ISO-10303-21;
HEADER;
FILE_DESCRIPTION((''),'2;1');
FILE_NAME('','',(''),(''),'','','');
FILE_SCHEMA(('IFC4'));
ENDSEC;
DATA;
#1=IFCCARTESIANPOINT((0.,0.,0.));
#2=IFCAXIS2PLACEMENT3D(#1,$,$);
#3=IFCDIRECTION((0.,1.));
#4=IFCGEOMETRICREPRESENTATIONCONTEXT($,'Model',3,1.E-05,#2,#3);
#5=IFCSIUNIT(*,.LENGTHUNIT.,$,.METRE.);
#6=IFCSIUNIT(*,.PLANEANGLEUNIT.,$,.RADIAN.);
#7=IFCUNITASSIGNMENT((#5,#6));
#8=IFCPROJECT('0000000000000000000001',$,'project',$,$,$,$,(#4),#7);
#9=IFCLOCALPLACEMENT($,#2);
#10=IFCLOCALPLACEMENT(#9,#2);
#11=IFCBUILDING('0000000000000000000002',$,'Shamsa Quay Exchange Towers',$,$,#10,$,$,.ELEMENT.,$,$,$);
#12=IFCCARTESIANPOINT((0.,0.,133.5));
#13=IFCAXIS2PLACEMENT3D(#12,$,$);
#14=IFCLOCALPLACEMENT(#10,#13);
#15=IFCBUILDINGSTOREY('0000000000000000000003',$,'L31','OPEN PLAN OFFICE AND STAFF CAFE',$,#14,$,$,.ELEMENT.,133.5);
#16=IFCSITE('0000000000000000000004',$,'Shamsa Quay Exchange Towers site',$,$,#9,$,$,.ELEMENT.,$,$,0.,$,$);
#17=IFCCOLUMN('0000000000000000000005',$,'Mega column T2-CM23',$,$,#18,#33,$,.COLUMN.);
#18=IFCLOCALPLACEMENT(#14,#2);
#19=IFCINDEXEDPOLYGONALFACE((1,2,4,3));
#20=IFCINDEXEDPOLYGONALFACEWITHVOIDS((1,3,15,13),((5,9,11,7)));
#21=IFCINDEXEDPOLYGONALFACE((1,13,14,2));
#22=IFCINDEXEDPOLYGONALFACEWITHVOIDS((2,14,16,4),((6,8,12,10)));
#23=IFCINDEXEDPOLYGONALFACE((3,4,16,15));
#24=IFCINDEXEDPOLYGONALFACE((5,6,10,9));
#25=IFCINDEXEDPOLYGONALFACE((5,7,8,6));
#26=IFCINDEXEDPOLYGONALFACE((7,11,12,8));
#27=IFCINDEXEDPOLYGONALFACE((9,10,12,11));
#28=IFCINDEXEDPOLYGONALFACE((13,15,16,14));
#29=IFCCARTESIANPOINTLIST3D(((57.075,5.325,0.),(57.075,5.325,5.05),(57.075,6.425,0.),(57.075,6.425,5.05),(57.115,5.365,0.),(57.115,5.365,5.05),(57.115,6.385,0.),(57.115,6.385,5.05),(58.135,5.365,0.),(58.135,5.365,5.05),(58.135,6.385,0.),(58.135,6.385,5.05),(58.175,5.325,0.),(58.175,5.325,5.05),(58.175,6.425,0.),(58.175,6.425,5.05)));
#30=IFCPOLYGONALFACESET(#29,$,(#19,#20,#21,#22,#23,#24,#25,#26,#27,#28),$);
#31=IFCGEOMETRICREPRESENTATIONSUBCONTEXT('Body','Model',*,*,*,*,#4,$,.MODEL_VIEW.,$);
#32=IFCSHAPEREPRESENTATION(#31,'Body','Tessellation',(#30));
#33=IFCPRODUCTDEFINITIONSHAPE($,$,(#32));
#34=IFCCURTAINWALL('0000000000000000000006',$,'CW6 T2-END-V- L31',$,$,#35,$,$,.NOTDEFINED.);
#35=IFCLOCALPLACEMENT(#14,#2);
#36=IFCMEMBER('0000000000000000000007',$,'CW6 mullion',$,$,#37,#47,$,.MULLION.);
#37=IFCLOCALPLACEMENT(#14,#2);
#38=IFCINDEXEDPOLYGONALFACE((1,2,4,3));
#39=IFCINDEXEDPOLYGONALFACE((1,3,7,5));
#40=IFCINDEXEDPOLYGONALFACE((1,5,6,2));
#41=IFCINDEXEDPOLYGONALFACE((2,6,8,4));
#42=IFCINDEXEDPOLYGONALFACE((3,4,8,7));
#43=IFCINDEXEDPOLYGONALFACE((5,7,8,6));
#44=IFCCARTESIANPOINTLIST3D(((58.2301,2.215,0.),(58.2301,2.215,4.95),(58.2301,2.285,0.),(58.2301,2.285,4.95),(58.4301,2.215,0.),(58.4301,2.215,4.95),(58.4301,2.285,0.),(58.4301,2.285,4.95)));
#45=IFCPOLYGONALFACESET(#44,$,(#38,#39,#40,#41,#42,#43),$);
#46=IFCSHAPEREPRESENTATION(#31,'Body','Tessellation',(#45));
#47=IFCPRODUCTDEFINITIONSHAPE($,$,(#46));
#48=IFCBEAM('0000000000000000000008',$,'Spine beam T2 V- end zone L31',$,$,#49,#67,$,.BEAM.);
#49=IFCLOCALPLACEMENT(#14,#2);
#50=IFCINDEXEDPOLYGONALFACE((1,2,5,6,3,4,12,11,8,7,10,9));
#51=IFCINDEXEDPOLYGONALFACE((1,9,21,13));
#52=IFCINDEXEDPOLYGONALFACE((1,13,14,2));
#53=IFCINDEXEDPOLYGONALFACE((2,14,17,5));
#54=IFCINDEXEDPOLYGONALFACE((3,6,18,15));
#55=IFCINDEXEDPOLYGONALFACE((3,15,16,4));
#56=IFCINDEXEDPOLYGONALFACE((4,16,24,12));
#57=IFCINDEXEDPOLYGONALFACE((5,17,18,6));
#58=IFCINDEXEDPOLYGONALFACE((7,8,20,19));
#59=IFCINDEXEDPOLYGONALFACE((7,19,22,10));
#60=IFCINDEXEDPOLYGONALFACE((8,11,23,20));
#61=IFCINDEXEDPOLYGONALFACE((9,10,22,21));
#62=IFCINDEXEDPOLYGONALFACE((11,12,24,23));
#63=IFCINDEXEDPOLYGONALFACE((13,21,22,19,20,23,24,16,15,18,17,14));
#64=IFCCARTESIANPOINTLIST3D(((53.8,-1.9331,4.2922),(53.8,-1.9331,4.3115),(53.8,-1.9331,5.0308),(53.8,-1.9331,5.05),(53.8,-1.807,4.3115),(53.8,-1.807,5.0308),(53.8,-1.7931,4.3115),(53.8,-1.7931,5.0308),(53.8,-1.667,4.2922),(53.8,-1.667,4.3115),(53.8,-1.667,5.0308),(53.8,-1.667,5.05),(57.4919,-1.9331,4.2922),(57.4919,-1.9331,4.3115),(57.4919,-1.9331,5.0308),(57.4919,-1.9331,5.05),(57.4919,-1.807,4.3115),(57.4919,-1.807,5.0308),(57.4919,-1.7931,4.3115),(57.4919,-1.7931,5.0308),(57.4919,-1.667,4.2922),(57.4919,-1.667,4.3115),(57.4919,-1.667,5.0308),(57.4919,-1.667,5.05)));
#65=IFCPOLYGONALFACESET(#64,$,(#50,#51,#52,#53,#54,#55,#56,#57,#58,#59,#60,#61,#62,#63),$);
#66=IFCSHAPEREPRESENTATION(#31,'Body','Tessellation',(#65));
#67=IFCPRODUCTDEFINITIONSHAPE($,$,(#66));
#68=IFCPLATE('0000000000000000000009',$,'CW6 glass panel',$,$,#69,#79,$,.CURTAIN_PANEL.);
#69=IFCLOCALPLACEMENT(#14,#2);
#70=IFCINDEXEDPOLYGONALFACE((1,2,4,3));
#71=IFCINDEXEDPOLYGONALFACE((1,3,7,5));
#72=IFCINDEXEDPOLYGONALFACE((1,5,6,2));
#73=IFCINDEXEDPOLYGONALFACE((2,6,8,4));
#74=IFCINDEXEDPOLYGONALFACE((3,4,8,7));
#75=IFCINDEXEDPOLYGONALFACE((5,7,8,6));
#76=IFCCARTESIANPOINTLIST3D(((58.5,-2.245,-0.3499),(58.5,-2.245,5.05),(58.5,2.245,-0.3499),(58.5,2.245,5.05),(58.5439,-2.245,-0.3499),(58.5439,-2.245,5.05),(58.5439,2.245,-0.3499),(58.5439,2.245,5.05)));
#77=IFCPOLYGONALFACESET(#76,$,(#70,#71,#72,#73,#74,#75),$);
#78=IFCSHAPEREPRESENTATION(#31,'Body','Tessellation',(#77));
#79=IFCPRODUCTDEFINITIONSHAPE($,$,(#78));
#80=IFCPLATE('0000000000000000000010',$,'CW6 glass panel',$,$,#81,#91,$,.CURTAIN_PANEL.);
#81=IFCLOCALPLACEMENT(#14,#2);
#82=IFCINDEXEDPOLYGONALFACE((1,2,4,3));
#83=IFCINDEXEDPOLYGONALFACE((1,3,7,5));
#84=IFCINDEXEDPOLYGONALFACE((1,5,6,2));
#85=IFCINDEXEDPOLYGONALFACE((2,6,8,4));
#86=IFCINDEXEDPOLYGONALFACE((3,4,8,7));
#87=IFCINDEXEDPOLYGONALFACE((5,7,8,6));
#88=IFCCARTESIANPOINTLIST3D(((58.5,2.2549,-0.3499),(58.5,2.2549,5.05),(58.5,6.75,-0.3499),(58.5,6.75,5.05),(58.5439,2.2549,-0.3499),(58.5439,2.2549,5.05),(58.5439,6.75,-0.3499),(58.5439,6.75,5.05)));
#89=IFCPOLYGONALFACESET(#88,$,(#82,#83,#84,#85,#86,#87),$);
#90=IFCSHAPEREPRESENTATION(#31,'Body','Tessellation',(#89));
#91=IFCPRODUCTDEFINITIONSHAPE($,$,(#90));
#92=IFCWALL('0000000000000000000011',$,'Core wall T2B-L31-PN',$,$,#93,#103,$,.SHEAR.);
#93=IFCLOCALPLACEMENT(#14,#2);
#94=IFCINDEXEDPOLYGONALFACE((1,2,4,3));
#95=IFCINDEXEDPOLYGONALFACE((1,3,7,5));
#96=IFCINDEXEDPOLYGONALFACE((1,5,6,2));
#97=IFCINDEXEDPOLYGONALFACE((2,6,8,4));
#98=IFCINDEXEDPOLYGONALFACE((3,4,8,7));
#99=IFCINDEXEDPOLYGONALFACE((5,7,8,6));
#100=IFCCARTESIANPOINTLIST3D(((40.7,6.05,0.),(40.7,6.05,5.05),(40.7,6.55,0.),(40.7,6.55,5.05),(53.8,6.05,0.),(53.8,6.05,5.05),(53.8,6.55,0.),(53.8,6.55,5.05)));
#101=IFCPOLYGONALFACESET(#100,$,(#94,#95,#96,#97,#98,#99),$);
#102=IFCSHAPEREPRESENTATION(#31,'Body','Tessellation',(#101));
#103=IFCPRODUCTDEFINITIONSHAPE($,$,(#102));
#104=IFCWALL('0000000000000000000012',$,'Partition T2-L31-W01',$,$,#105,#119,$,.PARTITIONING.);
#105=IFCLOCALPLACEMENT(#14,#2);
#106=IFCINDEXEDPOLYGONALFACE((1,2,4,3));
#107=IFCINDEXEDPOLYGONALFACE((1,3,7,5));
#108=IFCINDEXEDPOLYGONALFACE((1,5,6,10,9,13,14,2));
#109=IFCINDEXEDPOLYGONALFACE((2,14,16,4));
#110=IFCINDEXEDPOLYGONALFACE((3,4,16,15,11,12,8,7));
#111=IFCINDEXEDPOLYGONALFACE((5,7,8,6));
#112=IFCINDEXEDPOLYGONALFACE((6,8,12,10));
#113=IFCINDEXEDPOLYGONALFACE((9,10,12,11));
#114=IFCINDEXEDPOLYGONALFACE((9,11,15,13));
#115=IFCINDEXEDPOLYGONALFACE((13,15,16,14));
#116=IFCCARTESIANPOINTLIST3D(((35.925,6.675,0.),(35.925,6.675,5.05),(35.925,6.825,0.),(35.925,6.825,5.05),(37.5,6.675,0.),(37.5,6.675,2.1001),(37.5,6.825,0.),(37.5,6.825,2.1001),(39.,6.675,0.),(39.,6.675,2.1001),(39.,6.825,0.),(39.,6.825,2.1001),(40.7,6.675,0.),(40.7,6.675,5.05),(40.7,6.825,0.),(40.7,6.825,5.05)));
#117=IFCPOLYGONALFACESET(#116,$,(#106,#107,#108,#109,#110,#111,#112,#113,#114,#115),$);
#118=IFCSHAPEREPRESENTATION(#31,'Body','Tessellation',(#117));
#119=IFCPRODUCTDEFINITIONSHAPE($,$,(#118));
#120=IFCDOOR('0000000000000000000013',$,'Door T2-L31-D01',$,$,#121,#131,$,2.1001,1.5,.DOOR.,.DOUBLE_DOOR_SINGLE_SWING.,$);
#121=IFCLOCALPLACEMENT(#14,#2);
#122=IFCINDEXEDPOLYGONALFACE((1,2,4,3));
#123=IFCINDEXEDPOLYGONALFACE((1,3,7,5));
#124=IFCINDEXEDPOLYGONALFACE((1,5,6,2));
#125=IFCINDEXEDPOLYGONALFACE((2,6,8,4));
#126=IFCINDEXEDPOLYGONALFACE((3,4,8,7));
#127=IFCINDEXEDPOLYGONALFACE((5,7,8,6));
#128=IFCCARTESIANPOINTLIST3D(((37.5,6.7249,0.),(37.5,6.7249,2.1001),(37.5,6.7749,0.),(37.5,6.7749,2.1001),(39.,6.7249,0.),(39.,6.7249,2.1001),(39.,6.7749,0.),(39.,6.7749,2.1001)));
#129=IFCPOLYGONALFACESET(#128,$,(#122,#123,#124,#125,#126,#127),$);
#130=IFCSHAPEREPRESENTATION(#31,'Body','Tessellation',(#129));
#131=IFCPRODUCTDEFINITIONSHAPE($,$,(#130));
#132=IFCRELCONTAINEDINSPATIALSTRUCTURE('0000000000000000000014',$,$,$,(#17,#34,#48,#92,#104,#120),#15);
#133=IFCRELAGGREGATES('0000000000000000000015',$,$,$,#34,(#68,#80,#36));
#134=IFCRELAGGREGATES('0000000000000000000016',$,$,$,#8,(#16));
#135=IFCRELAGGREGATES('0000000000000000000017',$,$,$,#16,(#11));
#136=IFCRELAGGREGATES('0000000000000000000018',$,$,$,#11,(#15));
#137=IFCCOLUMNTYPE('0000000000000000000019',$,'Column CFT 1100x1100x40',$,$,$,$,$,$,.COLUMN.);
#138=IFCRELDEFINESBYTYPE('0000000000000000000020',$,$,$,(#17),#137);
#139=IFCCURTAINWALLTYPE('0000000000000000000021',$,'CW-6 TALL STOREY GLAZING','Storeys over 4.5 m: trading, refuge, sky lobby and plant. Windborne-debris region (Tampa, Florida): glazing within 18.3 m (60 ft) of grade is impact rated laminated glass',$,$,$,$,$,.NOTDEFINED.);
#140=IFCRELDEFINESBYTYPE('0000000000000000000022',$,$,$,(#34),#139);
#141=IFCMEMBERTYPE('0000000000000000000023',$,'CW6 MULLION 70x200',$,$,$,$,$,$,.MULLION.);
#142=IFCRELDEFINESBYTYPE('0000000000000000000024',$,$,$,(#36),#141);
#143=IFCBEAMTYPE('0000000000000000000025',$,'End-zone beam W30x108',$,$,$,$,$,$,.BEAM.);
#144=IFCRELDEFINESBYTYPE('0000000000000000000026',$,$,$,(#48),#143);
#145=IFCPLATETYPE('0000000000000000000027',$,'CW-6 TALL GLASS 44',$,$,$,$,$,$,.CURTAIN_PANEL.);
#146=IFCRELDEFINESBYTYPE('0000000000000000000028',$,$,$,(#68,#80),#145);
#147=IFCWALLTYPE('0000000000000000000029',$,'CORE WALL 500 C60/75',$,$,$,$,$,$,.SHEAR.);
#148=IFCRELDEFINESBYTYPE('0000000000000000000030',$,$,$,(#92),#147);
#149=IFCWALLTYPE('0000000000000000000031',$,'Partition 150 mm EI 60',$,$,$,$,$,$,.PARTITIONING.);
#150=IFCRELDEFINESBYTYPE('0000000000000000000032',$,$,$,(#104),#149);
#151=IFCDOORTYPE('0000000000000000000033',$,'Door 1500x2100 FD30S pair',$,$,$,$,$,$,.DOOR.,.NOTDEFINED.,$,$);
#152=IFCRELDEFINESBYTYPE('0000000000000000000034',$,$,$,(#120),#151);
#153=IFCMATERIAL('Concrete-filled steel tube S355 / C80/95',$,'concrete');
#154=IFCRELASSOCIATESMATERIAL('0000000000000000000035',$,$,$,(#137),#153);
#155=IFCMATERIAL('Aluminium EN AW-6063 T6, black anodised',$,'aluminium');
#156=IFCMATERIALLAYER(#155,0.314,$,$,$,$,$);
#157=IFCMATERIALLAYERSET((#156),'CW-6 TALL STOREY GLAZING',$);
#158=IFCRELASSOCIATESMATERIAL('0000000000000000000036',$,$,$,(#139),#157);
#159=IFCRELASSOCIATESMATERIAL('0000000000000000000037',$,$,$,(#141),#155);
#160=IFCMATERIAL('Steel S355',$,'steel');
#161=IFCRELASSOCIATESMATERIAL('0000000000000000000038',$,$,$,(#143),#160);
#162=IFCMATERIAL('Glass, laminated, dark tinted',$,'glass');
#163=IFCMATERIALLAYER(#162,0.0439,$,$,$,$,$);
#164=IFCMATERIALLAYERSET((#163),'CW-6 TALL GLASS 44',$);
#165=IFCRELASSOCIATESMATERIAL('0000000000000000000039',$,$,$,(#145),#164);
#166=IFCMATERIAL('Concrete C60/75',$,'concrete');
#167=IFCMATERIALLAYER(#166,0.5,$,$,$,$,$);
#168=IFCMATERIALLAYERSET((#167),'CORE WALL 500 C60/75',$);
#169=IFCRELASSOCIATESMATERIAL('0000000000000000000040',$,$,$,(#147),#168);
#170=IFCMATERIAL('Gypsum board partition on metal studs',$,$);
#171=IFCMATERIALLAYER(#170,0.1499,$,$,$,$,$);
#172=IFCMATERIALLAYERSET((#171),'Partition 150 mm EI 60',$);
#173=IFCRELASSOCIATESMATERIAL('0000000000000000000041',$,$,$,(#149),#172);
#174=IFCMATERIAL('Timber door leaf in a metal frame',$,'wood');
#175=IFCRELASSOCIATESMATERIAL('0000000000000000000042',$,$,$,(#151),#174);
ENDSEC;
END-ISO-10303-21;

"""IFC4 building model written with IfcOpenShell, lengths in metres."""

from ifc_helpers import new_model, si_unit, direction, frame, frame_2d, origin, origin_2d, place, context, subcontext, project, spatial, rectangle, hollow_rectangle, i_section, extrude, material, layer, layer_set, material_profile, profile_set, type_object, element, fill, aggregate, save


model = new_model("IFC4")

# Units and contexts
model_context = context("Model", 3, precision=1e-05, world=origin(), true_north=direction((0.0, 1.0)))
body_context = subcontext(model_context, "Body", "Model", "MODEL_VIEW")
ifc_project = project(units=[si_unit("LENGTHUNIT", "METRE"), si_unit("PLANEANGLEUNIT", "RADIAN")], contexts=[model_context])

# Site, building, storey
site_placement = place(None, origin())
site = spatial("IfcSite", under=ifc_project, at=site_placement, Name="Shamsa Quay Exchange Towers site", CompositionType="ELEMENT", RefElevation=0.0)
building_placement = place(site_placement, origin())
building = spatial("IfcBuilding", under=site, at=building_placement, Name="Shamsa Quay Exchange Towers", CompositionType="ELEMENT")
storey_placement = place(building_placement, frame((0.0, 0.0, 133.5)))
storey = spatial("IfcBuildingStorey", under=building, at=storey_placement, Name="L31", Description="OPEN PLAN OFFICE AND STAFF CAFE", CompositionType="ELEMENT", Elevation=133.5)

# Column
ifc_material_1 = material(Name="Concrete-filled steel tube S355 / C80/95", Category="concrete")
ifc_material_profile_1 = material_profile(ifc_material_1, hollow_rectangle(XDim=1.1001, YDim=1.1001, WallThickness=0.04, at=origin_2d()), Name="CFT 1100x1100x40")
ifc_profile_set_1 = profile_set([ifc_material_profile_1], Name="Concrete-filled steel tube S355 / C80/95")
column_type = type_object("IfcColumnType", Name="Column CFT 1100x1100x40", PredefinedType="COLUMN", material=ifc_profile_set_1)
column_placement = place(storey_placement, frame((57.625, 5.875, 0.0)))
element("IfcColumn", 1, at=column_placement, inside=storey, type_object=column_type, Name="Mega column T2-CM23", PredefinedType="COLUMN", context=body_context, shape_type="SweptSolid", body=[
    extrude(hollow_rectangle(XDim=1.1001, YDim=1.1001, WallThickness=0.04, at=origin_2d()), origin(), (0.0, 0.0, 1.0), 5.05),
])

# Curtain wall, member
ifc_material_2 = material(Name="Aluminium EN AW-6063 T6, black anodised", Category="aluminium")
ifc_layer_1 = layer(ifc_material_2, 0.314)
ifc_layer_set_1 = layer_set([ifc_layer_1], Name="CW-6 TALL STOREY GLAZING")
curtain_wall_type = type_object("IfcCurtainWallType", Name="CW-6 TALL STOREY GLAZING", Description="Storeys over 4.5 m: trading, refuge, sky lobby and plant. Windborne-debris region (Tampa, Florida): glazing within 18.3 m (60 ft) of grade is impact rated laminated glass", PredefinedType="NOTDEFINED", material=ifc_layer_set_1)
curtain_wall_placement = place(storey_placement, origin())
curtain_wall = element("IfcCurtainWall", 2, at=curtain_wall_placement, inside=storey, type_object=curtain_wall_type, Name="CW6 T2-END-V- L31", PredefinedType="NOTDEFINED")
ifc_material_profile_2 = material_profile(ifc_material_2, rectangle(XDim=0.2, YDim=0.0701, at=origin_2d()), Name="MU70x200")
ifc_profile_set_2 = profile_set([ifc_material_profile_2], Name="Aluminium EN AW-6063 T6, black anodised")
member_type = type_object("IfcMemberType", Name="CW6 MULLION 70x200", PredefinedType="MULLION", material=ifc_profile_set_2)
member_placement = place(storey_placement, frame((58.3301, 2.25, 0.0), z_axis=(0.0, 0.0, 1.0), x_axis=(-1.0, 0.0, 0.0)))
member = element("IfcMember", 3, at=member_placement, type_object=member_type, Name="CW6 mullion", PredefinedType="MULLION", context=body_context, shape_type="SweptSolid", body=[
    extrude(rectangle(XDim=0.2, YDim=0.0701, at=origin_2d()), origin(), (0.0, 0.0, 1.0), 4.95),
])

# Beam
ifc_material_3 = material(Name="Steel S355", Category="steel")
ifc_material_profile_3 = material_profile(ifc_material_3, i_section(OverallWidth=0.2661, OverallDepth=0.7578, WebThickness=0.0139, FlangeThickness=0.0193, at=origin_2d()), Name="W30x108")
ifc_profile_set_3 = profile_set([ifc_material_profile_3], Name="Steel S355")
beam_type = type_object("IfcBeamType", Name="End-zone beam W30x108", PredefinedType="BEAM", material=ifc_profile_set_3)
beam_placement = place(storey_placement, frame((53.8, -1.8, 4.6711), z_axis=(1.0, 0.0, 0.0), x_axis=(0.0, 1.0, 0.0)))
element("IfcBeam", 4, at=beam_placement, inside=storey, type_object=beam_type, Name="Spine beam T2 V- end zone L31", PredefinedType="BEAM", context=body_context, shape_type="SweptSolid", body=[
    extrude(i_section(OverallWidth=0.2661, OverallDepth=0.7578, WebThickness=0.0139, FlangeThickness=0.0193, at=origin_2d()), origin(), (0.0, 0.0, 1.0), 3.6919),
])

# Plates
ifc_material_4 = material(Name="Glass, laminated, dark tinted", Category="glass")
ifc_layer_2 = layer(ifc_material_4, 0.0439)
ifc_layer_set_2 = layer_set([ifc_layer_2], Name="CW-6 TALL GLASS 44")
plate_type = type_object("IfcPlateType", Name="CW-6 TALL GLASS 44", PredefinedType="CURTAIN_PANEL", material=ifc_layer_set_2)
plate_1_placement = place(storey_placement, frame((58.522, 0.0, -0.3499), z_axis=(0.0, 0.0, 1.0), x_axis=(0.0, 1.0, 0.0)))
plate_1 = element("IfcPlate", 5, at=plate_1_placement, type_object=plate_type, Name="CW6 glass panel", PredefinedType="CURTAIN_PANEL", context=body_context, shape_type="SweptSolid", body=[
    extrude(rectangle(XDim=4.49, YDim=0.0439, at=origin_2d()), origin(), (0.0, 0.0, 1.0), 5.3999),
])
plate_2_placement = place(storey_placement, frame((58.522, 4.5024, -0.3499), z_axis=(0.0, 0.0, 1.0), x_axis=(0.0, 1.0, 0.0)))
plate_2 = element("IfcPlate", 6, at=plate_2_placement, type_object=plate_type, Name="CW6 glass panel", PredefinedType="CURTAIN_PANEL", context=body_context, shape_type="SweptSolid", body=[
    extrude(rectangle(XDim=4.4951, YDim=0.0439, at=origin_2d()), origin(), (0.0, 0.0, 1.0), 5.3999),
])
aggregate(curtain_wall, [plate_1, plate_2, member])

# Wall
ifc_material_5 = material(Name="Concrete C60/75", Category="concrete")
ifc_layer_3 = layer(ifc_material_5, 0.5)
ifc_layer_set_3 = layer_set([ifc_layer_3], Name="CORE WALL 500 C60/75")
wall_type_1 = type_object("IfcWallType", Name="CORE WALL 500 C60/75", PredefinedType="SHEAR", material=ifc_layer_set_3)
wall_1_placement = place(storey_placement, frame((53.8, 6.3, 0.0), z_axis=(0.0, 0.0, 1.0), x_axis=(-1.0, 0.0, 0.0)))
element("IfcWall", 7, at=wall_1_placement, inside=storey, type_object=wall_type_1, Name="Core wall T2B-L31-PN", PredefinedType="SHEAR", context=body_context, shape_type="SweptSolid", body=[
    extrude(rectangle(XDim=13.1001, YDim=0.5, at=frame_2d((6.55, 0.0))), origin(), (0.0, 0.0, 1.0), 5.05),
])

# Wall, opening, door
ifc_material_6 = material(Name="Gypsum board partition on metal studs")
ifc_layer_4 = layer(ifc_material_6, 0.1499)
ifc_layer_set_4 = layer_set([ifc_layer_4], Name="Partition 150 mm EI 60")
wall_type_2 = type_object("IfcWallType", Name="Partition 150 mm EI 60", PredefinedType="PARTITIONING", material=ifc_layer_set_4)
wall_2_placement = place(storey_placement, frame((35.925, 6.75, 0.0)))
wall_2 = element("IfcWall", 8, at=wall_2_placement, inside=storey, type_object=wall_type_2, Name="Partition T2-L31-W01", PredefinedType="PARTITIONING", context=body_context, shape_type="SweptSolid", body=[
    extrude(rectangle(XDim=4.7749, YDim=0.1499, at=frame_2d((2.3875, 0.0))), origin(), (0.0, 0.0, 1.0), 5.05),
])
opening_1_placement = place(wall_2_placement, frame((1.575, 0.0, 0.0)))
opening_1 = element("IfcOpeningElement", 9, at=opening_1_placement, cuts=wall_2, PredefinedType="OPENING", context=body_context, shape_type="SweptSolid", body=[
    extrude(rectangle(XDim=1.5, YDim=2.1001, at=frame_2d((0.75, 1.05))), frame((0.0, 0.085, 0.0), z_axis=(0.0, -1.0, 0.0), x_axis=(1.0, 0.0, 0.0)), (0.0, 0.0, 1.0), 0.1699),
])
ifc_material_7 = material(Name="Timber door leaf in a metal frame", Category="wood")
door_type_1 = type_object("IfcDoorType", Name="Door 1500x2100 FD30S pair", OperationType="NOTDEFINED", PredefinedType="DOOR", material=ifc_material_7)
door_1_placement = place(opening_1_placement, origin())
door_1 = element("IfcDoor", 10, at=door_1_placement, inside=storey, type_object=door_type_1, Name="Door T2-L31-D01", OperationType="DOUBLE_DOOR_SINGLE_SWING", OverallHeight=2.1001, OverallWidth=1.5, PredefinedType="DOOR", context=body_context, shape_type="SweptSolid", body=[
    extrude(rectangle(XDim=1.5, YDim=2.1001, at=frame_2d((0.75, 1.05))), frame((0.0, 0.0249, 0.0), z_axis=(0.0, -1.0, 0.0), x_axis=(1.0, 0.0, 0.0)), (0.0, 0.0, 1.0), 0.05),
])
fill(opening_1, door_1)

save(model, "model.ifc")
